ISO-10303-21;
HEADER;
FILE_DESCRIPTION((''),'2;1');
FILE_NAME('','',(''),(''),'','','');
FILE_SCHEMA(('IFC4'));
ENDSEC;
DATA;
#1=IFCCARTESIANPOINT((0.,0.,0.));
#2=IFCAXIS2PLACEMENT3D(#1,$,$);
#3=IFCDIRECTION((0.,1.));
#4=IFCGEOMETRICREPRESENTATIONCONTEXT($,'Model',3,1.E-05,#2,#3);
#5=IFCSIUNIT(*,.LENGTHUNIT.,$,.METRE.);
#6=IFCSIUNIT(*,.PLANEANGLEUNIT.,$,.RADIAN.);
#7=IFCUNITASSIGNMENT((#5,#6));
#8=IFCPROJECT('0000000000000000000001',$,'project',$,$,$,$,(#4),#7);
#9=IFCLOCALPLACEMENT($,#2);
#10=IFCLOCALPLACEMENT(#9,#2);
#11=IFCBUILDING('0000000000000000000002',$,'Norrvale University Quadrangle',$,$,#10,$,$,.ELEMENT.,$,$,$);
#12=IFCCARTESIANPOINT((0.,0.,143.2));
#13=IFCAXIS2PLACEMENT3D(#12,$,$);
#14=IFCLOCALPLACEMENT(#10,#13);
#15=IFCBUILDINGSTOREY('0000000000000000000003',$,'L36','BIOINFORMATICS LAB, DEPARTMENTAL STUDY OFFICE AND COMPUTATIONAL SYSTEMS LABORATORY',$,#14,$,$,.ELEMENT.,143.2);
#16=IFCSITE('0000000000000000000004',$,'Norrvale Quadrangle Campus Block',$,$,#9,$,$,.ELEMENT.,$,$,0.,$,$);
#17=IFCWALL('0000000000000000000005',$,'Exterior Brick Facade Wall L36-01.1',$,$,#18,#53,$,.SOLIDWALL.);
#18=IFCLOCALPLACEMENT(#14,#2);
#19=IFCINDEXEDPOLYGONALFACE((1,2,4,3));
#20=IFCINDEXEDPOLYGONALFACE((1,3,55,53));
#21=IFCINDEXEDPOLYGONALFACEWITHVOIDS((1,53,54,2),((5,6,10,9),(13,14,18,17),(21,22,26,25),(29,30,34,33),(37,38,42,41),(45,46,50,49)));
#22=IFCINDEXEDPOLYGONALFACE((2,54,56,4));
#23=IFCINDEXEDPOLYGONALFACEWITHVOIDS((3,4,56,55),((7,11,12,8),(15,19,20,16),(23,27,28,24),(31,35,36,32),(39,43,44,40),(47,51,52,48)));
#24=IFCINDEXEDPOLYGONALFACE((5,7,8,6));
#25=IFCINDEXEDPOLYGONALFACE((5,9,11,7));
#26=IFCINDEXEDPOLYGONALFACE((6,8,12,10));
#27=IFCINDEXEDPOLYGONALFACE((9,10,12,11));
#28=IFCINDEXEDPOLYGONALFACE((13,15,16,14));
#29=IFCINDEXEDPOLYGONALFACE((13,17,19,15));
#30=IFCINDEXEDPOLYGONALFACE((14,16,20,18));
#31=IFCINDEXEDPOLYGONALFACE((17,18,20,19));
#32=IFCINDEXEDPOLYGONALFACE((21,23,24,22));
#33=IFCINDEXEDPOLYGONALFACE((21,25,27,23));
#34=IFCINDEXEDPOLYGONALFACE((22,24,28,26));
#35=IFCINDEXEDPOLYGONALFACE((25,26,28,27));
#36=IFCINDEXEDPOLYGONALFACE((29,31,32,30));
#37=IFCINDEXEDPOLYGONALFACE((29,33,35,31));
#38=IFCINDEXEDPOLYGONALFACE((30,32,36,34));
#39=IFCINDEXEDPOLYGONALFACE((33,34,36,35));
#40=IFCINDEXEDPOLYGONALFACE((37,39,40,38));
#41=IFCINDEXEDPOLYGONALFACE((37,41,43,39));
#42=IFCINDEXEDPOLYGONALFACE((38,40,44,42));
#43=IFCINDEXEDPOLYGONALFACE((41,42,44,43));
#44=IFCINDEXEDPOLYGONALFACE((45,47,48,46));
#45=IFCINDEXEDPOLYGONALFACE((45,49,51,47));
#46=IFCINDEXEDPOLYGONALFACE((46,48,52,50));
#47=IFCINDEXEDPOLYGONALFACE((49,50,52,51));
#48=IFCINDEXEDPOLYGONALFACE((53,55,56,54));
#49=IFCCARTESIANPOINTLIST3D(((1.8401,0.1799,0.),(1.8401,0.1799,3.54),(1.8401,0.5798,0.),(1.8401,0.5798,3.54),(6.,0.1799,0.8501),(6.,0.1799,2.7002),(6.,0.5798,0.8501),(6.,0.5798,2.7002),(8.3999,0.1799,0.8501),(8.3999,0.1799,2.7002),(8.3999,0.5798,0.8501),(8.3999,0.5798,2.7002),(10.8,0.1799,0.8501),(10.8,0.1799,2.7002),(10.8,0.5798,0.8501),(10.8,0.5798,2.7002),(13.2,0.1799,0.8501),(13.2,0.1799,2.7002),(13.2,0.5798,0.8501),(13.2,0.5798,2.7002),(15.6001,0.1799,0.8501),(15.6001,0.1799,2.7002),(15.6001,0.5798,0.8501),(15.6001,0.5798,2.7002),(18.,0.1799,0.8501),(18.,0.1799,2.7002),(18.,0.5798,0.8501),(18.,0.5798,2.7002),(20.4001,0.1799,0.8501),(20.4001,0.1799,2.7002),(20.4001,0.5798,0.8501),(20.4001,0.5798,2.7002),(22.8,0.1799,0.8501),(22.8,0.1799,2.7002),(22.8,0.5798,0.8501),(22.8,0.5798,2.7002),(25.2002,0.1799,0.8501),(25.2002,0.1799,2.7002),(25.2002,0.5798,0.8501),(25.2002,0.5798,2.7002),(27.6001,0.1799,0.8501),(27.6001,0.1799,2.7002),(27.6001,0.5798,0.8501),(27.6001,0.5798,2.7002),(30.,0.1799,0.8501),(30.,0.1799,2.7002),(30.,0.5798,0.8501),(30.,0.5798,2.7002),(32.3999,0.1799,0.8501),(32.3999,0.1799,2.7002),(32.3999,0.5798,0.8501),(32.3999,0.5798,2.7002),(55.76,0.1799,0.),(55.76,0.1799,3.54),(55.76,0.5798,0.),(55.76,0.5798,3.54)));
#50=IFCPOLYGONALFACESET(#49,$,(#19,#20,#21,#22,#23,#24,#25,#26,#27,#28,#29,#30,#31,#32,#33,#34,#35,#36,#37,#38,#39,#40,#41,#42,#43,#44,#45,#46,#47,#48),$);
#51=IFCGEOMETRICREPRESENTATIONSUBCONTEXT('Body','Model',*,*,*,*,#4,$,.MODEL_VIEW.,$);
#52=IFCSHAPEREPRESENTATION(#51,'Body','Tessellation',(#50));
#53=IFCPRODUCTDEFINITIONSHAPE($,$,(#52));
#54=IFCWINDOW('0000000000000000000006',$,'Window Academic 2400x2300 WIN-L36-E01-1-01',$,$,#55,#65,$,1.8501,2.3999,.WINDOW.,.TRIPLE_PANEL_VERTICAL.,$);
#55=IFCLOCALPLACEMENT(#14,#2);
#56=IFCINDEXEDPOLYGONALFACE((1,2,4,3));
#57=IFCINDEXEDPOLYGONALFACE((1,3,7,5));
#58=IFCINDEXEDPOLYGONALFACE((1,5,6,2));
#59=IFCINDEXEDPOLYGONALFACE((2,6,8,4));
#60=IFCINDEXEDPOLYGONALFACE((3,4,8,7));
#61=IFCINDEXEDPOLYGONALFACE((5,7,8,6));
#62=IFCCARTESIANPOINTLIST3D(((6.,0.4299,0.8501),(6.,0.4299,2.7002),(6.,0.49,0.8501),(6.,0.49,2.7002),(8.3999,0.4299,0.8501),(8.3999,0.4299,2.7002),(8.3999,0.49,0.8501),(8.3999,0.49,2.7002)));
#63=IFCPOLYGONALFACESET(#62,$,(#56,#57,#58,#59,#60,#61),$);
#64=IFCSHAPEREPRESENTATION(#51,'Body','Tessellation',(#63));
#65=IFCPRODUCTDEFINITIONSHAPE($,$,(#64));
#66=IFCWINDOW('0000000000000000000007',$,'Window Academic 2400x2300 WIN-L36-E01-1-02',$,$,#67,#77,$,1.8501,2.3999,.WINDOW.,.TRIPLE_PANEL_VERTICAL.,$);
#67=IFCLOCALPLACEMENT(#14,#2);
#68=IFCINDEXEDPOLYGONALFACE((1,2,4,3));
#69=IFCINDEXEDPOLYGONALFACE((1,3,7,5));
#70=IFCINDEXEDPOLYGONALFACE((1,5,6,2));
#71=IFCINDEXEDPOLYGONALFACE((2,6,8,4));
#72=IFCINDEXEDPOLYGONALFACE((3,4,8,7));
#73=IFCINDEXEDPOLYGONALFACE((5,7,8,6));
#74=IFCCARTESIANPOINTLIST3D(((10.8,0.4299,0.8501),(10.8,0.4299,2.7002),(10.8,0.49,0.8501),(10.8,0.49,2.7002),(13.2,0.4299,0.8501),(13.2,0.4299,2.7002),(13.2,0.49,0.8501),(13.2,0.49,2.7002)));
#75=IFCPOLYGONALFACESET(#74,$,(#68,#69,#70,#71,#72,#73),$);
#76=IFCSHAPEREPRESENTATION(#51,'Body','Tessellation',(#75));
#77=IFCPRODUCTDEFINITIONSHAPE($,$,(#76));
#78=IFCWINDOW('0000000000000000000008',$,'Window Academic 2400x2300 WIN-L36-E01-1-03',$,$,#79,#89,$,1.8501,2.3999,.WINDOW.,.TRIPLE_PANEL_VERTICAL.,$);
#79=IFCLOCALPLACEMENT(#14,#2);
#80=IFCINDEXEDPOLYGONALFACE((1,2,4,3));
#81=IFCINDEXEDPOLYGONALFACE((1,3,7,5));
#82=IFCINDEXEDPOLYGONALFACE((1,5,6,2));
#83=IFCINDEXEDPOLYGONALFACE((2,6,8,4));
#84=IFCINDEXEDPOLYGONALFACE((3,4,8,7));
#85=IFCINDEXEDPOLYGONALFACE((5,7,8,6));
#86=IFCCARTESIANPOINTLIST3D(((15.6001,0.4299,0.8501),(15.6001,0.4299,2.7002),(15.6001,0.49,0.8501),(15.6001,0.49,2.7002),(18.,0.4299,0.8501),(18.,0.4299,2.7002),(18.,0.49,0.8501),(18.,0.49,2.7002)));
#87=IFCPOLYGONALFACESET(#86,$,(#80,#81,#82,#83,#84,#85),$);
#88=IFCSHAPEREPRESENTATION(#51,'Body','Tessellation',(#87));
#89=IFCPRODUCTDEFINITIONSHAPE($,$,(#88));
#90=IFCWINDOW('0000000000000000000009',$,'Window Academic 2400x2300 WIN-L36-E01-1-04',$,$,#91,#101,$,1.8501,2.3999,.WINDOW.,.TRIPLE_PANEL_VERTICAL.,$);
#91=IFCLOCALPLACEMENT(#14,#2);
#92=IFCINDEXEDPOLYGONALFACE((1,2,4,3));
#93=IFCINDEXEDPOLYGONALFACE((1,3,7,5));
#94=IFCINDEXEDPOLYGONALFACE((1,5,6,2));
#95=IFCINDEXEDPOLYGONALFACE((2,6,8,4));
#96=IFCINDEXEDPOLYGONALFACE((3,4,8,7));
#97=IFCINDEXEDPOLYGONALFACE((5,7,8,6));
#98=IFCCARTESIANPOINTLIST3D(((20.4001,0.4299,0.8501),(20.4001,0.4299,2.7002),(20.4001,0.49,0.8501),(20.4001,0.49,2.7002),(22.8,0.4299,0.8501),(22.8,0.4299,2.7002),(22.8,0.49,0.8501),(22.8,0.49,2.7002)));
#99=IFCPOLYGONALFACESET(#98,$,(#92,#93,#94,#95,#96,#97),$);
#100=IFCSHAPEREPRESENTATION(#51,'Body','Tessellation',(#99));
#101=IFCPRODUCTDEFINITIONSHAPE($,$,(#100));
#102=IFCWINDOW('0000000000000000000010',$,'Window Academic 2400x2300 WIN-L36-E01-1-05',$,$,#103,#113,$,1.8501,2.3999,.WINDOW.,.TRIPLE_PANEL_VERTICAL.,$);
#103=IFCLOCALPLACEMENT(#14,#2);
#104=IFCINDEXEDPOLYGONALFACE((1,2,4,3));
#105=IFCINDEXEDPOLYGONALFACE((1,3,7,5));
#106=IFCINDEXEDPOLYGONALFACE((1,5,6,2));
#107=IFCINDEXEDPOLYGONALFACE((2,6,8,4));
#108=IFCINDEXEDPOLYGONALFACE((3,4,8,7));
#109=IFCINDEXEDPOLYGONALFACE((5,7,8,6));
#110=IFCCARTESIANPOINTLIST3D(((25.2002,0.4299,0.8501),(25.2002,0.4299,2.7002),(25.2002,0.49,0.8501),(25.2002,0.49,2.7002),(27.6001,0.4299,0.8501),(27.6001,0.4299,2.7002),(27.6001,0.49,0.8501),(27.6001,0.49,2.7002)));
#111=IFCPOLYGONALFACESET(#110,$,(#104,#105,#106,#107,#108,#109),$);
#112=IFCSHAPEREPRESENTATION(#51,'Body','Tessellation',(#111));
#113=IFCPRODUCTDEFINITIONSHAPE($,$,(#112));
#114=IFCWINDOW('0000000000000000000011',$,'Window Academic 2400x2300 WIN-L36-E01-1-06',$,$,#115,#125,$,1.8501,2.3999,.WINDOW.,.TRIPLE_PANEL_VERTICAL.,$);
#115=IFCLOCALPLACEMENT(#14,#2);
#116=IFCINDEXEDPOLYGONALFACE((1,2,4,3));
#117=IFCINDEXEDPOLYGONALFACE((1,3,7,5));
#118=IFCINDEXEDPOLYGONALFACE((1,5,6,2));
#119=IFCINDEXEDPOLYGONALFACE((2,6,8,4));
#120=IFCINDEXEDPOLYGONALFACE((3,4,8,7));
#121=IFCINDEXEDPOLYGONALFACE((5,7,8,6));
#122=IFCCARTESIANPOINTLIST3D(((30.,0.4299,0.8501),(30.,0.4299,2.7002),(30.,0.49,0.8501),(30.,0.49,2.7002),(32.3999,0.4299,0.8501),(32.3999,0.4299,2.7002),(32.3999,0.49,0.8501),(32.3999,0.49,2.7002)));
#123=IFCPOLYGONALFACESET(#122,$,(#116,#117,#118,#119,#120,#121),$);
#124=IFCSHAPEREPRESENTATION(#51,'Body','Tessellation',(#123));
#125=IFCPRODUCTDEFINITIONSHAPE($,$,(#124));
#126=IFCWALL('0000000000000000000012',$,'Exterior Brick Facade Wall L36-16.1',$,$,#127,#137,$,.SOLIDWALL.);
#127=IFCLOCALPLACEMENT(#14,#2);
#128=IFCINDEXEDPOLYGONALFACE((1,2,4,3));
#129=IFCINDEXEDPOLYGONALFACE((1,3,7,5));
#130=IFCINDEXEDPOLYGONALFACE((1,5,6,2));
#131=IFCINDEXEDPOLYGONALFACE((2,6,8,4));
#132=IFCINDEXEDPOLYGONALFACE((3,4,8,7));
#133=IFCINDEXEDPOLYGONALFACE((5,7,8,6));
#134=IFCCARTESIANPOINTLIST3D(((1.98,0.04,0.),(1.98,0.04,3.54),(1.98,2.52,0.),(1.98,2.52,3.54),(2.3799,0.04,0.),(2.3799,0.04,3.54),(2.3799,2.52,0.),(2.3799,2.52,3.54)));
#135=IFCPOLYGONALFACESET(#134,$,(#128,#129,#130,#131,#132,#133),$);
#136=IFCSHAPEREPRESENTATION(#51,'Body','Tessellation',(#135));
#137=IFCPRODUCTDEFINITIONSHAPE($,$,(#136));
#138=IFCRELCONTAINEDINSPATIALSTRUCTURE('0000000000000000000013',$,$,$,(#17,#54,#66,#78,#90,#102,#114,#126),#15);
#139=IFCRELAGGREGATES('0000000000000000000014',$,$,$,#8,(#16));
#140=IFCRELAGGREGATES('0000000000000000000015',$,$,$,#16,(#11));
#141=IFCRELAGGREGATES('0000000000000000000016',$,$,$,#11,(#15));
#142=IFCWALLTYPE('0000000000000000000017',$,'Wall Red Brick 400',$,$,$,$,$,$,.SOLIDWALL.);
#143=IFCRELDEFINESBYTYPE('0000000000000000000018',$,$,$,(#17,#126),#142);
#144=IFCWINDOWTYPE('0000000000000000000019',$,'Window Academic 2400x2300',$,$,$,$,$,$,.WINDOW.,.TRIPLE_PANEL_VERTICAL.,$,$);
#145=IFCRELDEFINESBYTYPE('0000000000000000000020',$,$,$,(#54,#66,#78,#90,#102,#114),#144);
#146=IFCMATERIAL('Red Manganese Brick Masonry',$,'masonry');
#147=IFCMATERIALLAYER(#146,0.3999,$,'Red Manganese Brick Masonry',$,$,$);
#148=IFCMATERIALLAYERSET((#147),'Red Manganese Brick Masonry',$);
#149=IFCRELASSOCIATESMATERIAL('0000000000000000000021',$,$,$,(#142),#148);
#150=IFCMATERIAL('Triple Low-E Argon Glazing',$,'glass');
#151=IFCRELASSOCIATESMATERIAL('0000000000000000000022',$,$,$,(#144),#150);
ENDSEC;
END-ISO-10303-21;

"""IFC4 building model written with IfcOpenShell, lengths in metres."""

from ifc_helpers import new_model, si_unit, direction, frame, frame_2d, origin, place, context, subcontext, project, spatial, rectangle, extrude, material, layer, layer_set, type_object, element, fill, save


model = new_model("IFC4")

# Units and contexts
model_context = context("Model", 3, precision=1e-05, world=origin(), true_north=direction((0.0, 1.0)))
body_context = subcontext(model_context, "Body", "Model", "MODEL_VIEW")
ifc_project = project(units=[si_unit("LENGTHUNIT", "METRE"), si_unit("PLANEANGLEUNIT", "RADIAN")], contexts=[model_context])

# Site, building, storey
site_placement = place(None, origin())
site = spatial("IfcSite", under=ifc_project, at=site_placement, Name="Norrvale Quadrangle Campus Block", CompositionType="ELEMENT", RefElevation=0.0)
building_placement = place(site_placement, origin())
building = spatial("IfcBuilding", under=site, at=building_placement, Name="Norrvale University Quadrangle", CompositionType="ELEMENT")
storey_placement = place(building_placement, frame((0.0, 0.0, 143.2)))
storey = spatial("IfcBuildingStorey", under=building, at=storey_placement, Name="L36", Description="BIOINFORMATICS LAB, DEPARTMENTAL STUDY OFFICE AND COMPUTATIONAL SYSTEMS LABORATORY", CompositionType="ELEMENT", Elevation=143.2)

# Wall, openings, windows
ifc_material_1 = material(Name="Red Manganese Brick Masonry", Category="masonry")
ifc_layer_1 = layer(ifc_material_1, 0.3999, Name="Red Manganese Brick Masonry")
ifc_layer_set_1 = layer_set([ifc_layer_1], Name="Red Manganese Brick Masonry")
wall_type_1 = type_object("IfcWallType", Name="Wall Red Brick 400", PredefinedType="SOLIDWALL", material=ifc_layer_set_1)
wall_1_placement = place(storey_placement, frame((1.8401, 0.3799, 0.0), z_axis=(0.0, 0.0, 1.0), x_axis=(1.0, 0.0, 0.0)))
wall_1 = element("IfcWall", 1, at=wall_1_placement, inside=storey, type_object=wall_type_1, Name="Exterior Brick Facade Wall L36-01.1", PredefinedType="SOLIDWALL", context=body_context, shape_type="SweptSolid", body=[
    extrude(rectangle(XDim=53.9199, YDim=0.3999, at=frame_2d((26.96, 0.0))), origin(), (0.0, 0.0, 1.0), 3.54),
])
opening_1_placement = place(wall_1_placement, frame((4.1599, 0.0, 0.8501)))
opening_1 = element("IfcOpeningElement", 2, at=opening_1_placement, cuts=wall_1, PredefinedType="OPENING", context=body_context, shape_type="SweptSolid", body=[
    extrude(rectangle(XDim=2.3999, YDim=1.8501, at=frame_2d((1.2, 0.925))), frame((0.0, 0.2119, 0.0), z_axis=(0.0, -1.0, 0.0), x_axis=(1.0, 0.0, 0.0)), (0.0, 0.0, 1.0), 0.4238),
])
opening_2_placement = place(wall_1_placement, frame((8.96, 0.0, 0.8501)))
opening_2 = element("IfcOpeningElement", 3, at=opening_2_placement, cuts=wall_1, PredefinedType="OPENING", context=body_context, shape_type="SweptSolid", body=[
    extrude(rectangle(XDim=2.3999, YDim=1.8501, at=frame_2d((1.2, 0.925))), frame((0.0, 0.2119, 0.0), z_axis=(0.0, -1.0, 0.0), x_axis=(1.0, 0.0, 0.0)), (0.0, 0.0, 1.0), 0.4238),
])
opening_3_placement = place(wall_1_placement, frame((13.76, 0.0, 0.8501)))
opening_3 = element("IfcOpeningElement", 4, at=opening_3_placement, cuts=wall_1, PredefinedType="OPENING", context=body_context, shape_type="SweptSolid", body=[
    extrude(rectangle(XDim=2.3999, YDim=1.8501, at=frame_2d((1.2, 0.925))), frame((0.0, 0.2119, 0.0), z_axis=(0.0, -1.0, 0.0), x_axis=(1.0, 0.0, 0.0)), (0.0, 0.0, 1.0), 0.4238),
])
opening_4_placement = place(wall_1_placement, frame((18.5601, 0.0, 0.8501)))
opening_4 = element("IfcOpeningElement", 5, at=opening_4_placement, cuts=wall_1, PredefinedType="OPENING", context=body_context, shape_type="SweptSolid", body=[
    extrude(rectangle(XDim=2.3999, YDim=1.8501, at=frame_2d((1.2, 0.925))), frame((0.0, 0.2119, 0.0), z_axis=(0.0, -1.0, 0.0), x_axis=(1.0, 0.0, 0.0)), (0.0, 0.0, 1.0), 0.4238),
])
opening_5_placement = place(wall_1_placement, frame((23.3601, 0.0, 0.8501)))
opening_5 = element("IfcOpeningElement", 6, at=opening_5_placement, cuts=wall_1, PredefinedType="OPENING", context=body_context, shape_type="SweptSolid", body=[
    extrude(rectangle(XDim=2.3999, YDim=1.8501, at=frame_2d((1.2, 0.925))), frame((0.0, 0.2119, 0.0), z_axis=(0.0, -1.0, 0.0), x_axis=(1.0, 0.0, 0.0)), (0.0, 0.0, 1.0), 0.4238),
])
opening_6_placement = place(wall_1_placement, frame((28.1599, 0.0, 0.8501)))
opening_6 = element("IfcOpeningElement", 7, at=opening_6_placement, cuts=wall_1, PredefinedType="OPENING", context=body_context, shape_type="SweptSolid", body=[
    extrude(rectangle(XDim=2.3999, YDim=1.8501, at=frame_2d((1.2, 0.925))), frame((0.0, 0.2119, 0.0), z_axis=(0.0, -1.0, 0.0), x_axis=(1.0, 0.0, 0.0)), (0.0, 0.0, 1.0), 0.4238),
])
ifc_material_2 = material(Name="Triple Low-E Argon Glazing", Category="glass")
window_type = type_object("IfcWindowType", Name="Window Academic 2400x2300", PartitioningType="TRIPLE_PANEL_VERTICAL", PredefinedType="WINDOW", material=ifc_material_2)
window_1_placement = place(opening_1_placement, origin())
window_1 = element("IfcWindow", 8, at=window_1_placement, inside=storey, type_object=window_type, Name="Window Academic 2400x2300 WIN-L36-E01-1-01", OverallHeight=1.8501, OverallWidth=2.3999, PartitioningType="TRIPLE_PANEL_VERTICAL", PredefinedType="WINDOW", context=body_context, shape_type="SweptSolid", body=[
    extrude(rectangle(XDim=2.3999, YDim=1.8501, at=frame_2d((1.2, 0.925))), frame((0.0, 0.1101, 0.0), z_axis=(0.0, -1.0, 0.0), x_axis=(1.0, 0.0, 0.0)), (0.0, 0.0, 1.0), 0.0601),
])
fill(opening_1, window_1)
window_2_placement = place(opening_2_placement, origin())
window_2 = element("IfcWindow", 9, at=window_2_placement, inside=storey, type_object=window_type, Name="Window Academic 2400x2300 WIN-L36-E01-1-02", OverallHeight=1.8501, OverallWidth=2.3999, PartitioningType="TRIPLE_PANEL_VERTICAL", PredefinedType="WINDOW", context=body_context, shape_type="SweptSolid", body=[
    extrude(rectangle(XDim=2.3999, YDim=1.8501, at=frame_2d((1.2, 0.925))), frame((0.0, 0.1101, 0.0), z_axis=(0.0, -1.0, 0.0), x_axis=(1.0, 0.0, 0.0)), (0.0, 0.0, 1.0), 0.0601),
])
fill(opening_2, window_2)
window_3_placement = place(opening_3_placement, origin())
window_3 = element("IfcWindow", 10, at=window_3_placement, inside=storey, type_object=window_type, Name="Window Academic 2400x2300 WIN-L36-E01-1-03", OverallHeight=1.8501, OverallWidth=2.3999, PartitioningType="TRIPLE_PANEL_VERTICAL", PredefinedType="WINDOW", context=body_context, shape_type="SweptSolid", body=[
    extrude(rectangle(XDim=2.3999, YDim=1.8501, at=frame_2d((1.2, 0.925))), frame((0.0, 0.1101, 0.0), z_axis=(0.0, -1.0, 0.0), x_axis=(1.0, 0.0, 0.0)), (0.0, 0.0, 1.0), 0.0601),
])
fill(opening_3, window_3)
window_4_placement = place(opening_4_placement, origin())
window_4 = element("IfcWindow", 11, at=window_4_placement, inside=storey, type_object=window_type, Name="Window Academic 2400x2300 WIN-L36-E01-1-04", OverallHeight=1.8501, OverallWidth=2.3999, PartitioningType="TRIPLE_PANEL_VERTICAL", PredefinedType="WINDOW", context=body_context, shape_type="SweptSolid", body=[
    extrude(rectangle(XDim=2.3999, YDim=1.8501, at=frame_2d((1.2, 0.925))), frame((0.0, 0.1101, 0.0), z_axis=(0.0, -1.0, 0.0), x_axis=(1.0, 0.0, 0.0)), (0.0, 0.0, 1.0), 0.0601),
])
fill(opening_4, window_4)
window_5_placement = place(opening_5_placement, origin())
window_5 = element("IfcWindow", 12, at=window_5_placement, inside=storey, type_object=window_type, Name="Window Academic 2400x2300 WIN-L36-E01-1-05", OverallHeight=1.8501, OverallWidth=2.3999, PartitioningType="TRIPLE_PANEL_VERTICAL", PredefinedType="WINDOW", context=body_context, shape_type="SweptSolid", body=[
    extrude(rectangle(XDim=2.3999, YDim=1.8501, at=frame_2d((1.2, 0.925))), frame((0.0, 0.1101, 0.0), z_axis=(0.0, -1.0, 0.0), x_axis=(1.0, 0.0, 0.0)), (0.0, 0.0, 1.0), 0.0601),
])
fill(opening_5, window_5)
window_6_placement = place(opening_6_placement, origin())
window_6 = element("IfcWindow", 13, at=window_6_placement, inside=storey, type_object=window_type, Name="Window Academic 2400x2300 WIN-L36-E01-1-06", OverallHeight=1.8501, OverallWidth=2.3999, PartitioningType="TRIPLE_PANEL_VERTICAL", PredefinedType="WINDOW", context=body_context, shape_type="SweptSolid", body=[
    extrude(rectangle(XDim=2.3999, YDim=1.8501, at=frame_2d((1.2, 0.925))), frame((0.0, 0.1101, 0.0), z_axis=(0.0, -1.0, 0.0), x_axis=(1.0, 0.0, 0.0)), (0.0, 0.0, 1.0), 0.0601),
])
fill(opening_6, window_6)

# Wall
wall_2_placement = place(storey_placement, frame((2.1799, 2.52, 0.0), z_axis=(0.0, 0.0, 1.0), x_axis=(0.0, -1.0, 0.0)))
element("IfcWall", 14, at=wall_2_placement, inside=storey, type_object=wall_type_1, Name="Exterior Brick Facade Wall L36-16.1", PredefinedType="SOLIDWALL", context=body_context, shape_type="SweptSolid", body=[
    extrude(rectangle(XDim=2.48, YDim=0.3999, at=frame_2d((1.24, 0.0))), origin(), (0.0, 0.0, 1.0), 3.54),
])

save(model, "model.ifc")
